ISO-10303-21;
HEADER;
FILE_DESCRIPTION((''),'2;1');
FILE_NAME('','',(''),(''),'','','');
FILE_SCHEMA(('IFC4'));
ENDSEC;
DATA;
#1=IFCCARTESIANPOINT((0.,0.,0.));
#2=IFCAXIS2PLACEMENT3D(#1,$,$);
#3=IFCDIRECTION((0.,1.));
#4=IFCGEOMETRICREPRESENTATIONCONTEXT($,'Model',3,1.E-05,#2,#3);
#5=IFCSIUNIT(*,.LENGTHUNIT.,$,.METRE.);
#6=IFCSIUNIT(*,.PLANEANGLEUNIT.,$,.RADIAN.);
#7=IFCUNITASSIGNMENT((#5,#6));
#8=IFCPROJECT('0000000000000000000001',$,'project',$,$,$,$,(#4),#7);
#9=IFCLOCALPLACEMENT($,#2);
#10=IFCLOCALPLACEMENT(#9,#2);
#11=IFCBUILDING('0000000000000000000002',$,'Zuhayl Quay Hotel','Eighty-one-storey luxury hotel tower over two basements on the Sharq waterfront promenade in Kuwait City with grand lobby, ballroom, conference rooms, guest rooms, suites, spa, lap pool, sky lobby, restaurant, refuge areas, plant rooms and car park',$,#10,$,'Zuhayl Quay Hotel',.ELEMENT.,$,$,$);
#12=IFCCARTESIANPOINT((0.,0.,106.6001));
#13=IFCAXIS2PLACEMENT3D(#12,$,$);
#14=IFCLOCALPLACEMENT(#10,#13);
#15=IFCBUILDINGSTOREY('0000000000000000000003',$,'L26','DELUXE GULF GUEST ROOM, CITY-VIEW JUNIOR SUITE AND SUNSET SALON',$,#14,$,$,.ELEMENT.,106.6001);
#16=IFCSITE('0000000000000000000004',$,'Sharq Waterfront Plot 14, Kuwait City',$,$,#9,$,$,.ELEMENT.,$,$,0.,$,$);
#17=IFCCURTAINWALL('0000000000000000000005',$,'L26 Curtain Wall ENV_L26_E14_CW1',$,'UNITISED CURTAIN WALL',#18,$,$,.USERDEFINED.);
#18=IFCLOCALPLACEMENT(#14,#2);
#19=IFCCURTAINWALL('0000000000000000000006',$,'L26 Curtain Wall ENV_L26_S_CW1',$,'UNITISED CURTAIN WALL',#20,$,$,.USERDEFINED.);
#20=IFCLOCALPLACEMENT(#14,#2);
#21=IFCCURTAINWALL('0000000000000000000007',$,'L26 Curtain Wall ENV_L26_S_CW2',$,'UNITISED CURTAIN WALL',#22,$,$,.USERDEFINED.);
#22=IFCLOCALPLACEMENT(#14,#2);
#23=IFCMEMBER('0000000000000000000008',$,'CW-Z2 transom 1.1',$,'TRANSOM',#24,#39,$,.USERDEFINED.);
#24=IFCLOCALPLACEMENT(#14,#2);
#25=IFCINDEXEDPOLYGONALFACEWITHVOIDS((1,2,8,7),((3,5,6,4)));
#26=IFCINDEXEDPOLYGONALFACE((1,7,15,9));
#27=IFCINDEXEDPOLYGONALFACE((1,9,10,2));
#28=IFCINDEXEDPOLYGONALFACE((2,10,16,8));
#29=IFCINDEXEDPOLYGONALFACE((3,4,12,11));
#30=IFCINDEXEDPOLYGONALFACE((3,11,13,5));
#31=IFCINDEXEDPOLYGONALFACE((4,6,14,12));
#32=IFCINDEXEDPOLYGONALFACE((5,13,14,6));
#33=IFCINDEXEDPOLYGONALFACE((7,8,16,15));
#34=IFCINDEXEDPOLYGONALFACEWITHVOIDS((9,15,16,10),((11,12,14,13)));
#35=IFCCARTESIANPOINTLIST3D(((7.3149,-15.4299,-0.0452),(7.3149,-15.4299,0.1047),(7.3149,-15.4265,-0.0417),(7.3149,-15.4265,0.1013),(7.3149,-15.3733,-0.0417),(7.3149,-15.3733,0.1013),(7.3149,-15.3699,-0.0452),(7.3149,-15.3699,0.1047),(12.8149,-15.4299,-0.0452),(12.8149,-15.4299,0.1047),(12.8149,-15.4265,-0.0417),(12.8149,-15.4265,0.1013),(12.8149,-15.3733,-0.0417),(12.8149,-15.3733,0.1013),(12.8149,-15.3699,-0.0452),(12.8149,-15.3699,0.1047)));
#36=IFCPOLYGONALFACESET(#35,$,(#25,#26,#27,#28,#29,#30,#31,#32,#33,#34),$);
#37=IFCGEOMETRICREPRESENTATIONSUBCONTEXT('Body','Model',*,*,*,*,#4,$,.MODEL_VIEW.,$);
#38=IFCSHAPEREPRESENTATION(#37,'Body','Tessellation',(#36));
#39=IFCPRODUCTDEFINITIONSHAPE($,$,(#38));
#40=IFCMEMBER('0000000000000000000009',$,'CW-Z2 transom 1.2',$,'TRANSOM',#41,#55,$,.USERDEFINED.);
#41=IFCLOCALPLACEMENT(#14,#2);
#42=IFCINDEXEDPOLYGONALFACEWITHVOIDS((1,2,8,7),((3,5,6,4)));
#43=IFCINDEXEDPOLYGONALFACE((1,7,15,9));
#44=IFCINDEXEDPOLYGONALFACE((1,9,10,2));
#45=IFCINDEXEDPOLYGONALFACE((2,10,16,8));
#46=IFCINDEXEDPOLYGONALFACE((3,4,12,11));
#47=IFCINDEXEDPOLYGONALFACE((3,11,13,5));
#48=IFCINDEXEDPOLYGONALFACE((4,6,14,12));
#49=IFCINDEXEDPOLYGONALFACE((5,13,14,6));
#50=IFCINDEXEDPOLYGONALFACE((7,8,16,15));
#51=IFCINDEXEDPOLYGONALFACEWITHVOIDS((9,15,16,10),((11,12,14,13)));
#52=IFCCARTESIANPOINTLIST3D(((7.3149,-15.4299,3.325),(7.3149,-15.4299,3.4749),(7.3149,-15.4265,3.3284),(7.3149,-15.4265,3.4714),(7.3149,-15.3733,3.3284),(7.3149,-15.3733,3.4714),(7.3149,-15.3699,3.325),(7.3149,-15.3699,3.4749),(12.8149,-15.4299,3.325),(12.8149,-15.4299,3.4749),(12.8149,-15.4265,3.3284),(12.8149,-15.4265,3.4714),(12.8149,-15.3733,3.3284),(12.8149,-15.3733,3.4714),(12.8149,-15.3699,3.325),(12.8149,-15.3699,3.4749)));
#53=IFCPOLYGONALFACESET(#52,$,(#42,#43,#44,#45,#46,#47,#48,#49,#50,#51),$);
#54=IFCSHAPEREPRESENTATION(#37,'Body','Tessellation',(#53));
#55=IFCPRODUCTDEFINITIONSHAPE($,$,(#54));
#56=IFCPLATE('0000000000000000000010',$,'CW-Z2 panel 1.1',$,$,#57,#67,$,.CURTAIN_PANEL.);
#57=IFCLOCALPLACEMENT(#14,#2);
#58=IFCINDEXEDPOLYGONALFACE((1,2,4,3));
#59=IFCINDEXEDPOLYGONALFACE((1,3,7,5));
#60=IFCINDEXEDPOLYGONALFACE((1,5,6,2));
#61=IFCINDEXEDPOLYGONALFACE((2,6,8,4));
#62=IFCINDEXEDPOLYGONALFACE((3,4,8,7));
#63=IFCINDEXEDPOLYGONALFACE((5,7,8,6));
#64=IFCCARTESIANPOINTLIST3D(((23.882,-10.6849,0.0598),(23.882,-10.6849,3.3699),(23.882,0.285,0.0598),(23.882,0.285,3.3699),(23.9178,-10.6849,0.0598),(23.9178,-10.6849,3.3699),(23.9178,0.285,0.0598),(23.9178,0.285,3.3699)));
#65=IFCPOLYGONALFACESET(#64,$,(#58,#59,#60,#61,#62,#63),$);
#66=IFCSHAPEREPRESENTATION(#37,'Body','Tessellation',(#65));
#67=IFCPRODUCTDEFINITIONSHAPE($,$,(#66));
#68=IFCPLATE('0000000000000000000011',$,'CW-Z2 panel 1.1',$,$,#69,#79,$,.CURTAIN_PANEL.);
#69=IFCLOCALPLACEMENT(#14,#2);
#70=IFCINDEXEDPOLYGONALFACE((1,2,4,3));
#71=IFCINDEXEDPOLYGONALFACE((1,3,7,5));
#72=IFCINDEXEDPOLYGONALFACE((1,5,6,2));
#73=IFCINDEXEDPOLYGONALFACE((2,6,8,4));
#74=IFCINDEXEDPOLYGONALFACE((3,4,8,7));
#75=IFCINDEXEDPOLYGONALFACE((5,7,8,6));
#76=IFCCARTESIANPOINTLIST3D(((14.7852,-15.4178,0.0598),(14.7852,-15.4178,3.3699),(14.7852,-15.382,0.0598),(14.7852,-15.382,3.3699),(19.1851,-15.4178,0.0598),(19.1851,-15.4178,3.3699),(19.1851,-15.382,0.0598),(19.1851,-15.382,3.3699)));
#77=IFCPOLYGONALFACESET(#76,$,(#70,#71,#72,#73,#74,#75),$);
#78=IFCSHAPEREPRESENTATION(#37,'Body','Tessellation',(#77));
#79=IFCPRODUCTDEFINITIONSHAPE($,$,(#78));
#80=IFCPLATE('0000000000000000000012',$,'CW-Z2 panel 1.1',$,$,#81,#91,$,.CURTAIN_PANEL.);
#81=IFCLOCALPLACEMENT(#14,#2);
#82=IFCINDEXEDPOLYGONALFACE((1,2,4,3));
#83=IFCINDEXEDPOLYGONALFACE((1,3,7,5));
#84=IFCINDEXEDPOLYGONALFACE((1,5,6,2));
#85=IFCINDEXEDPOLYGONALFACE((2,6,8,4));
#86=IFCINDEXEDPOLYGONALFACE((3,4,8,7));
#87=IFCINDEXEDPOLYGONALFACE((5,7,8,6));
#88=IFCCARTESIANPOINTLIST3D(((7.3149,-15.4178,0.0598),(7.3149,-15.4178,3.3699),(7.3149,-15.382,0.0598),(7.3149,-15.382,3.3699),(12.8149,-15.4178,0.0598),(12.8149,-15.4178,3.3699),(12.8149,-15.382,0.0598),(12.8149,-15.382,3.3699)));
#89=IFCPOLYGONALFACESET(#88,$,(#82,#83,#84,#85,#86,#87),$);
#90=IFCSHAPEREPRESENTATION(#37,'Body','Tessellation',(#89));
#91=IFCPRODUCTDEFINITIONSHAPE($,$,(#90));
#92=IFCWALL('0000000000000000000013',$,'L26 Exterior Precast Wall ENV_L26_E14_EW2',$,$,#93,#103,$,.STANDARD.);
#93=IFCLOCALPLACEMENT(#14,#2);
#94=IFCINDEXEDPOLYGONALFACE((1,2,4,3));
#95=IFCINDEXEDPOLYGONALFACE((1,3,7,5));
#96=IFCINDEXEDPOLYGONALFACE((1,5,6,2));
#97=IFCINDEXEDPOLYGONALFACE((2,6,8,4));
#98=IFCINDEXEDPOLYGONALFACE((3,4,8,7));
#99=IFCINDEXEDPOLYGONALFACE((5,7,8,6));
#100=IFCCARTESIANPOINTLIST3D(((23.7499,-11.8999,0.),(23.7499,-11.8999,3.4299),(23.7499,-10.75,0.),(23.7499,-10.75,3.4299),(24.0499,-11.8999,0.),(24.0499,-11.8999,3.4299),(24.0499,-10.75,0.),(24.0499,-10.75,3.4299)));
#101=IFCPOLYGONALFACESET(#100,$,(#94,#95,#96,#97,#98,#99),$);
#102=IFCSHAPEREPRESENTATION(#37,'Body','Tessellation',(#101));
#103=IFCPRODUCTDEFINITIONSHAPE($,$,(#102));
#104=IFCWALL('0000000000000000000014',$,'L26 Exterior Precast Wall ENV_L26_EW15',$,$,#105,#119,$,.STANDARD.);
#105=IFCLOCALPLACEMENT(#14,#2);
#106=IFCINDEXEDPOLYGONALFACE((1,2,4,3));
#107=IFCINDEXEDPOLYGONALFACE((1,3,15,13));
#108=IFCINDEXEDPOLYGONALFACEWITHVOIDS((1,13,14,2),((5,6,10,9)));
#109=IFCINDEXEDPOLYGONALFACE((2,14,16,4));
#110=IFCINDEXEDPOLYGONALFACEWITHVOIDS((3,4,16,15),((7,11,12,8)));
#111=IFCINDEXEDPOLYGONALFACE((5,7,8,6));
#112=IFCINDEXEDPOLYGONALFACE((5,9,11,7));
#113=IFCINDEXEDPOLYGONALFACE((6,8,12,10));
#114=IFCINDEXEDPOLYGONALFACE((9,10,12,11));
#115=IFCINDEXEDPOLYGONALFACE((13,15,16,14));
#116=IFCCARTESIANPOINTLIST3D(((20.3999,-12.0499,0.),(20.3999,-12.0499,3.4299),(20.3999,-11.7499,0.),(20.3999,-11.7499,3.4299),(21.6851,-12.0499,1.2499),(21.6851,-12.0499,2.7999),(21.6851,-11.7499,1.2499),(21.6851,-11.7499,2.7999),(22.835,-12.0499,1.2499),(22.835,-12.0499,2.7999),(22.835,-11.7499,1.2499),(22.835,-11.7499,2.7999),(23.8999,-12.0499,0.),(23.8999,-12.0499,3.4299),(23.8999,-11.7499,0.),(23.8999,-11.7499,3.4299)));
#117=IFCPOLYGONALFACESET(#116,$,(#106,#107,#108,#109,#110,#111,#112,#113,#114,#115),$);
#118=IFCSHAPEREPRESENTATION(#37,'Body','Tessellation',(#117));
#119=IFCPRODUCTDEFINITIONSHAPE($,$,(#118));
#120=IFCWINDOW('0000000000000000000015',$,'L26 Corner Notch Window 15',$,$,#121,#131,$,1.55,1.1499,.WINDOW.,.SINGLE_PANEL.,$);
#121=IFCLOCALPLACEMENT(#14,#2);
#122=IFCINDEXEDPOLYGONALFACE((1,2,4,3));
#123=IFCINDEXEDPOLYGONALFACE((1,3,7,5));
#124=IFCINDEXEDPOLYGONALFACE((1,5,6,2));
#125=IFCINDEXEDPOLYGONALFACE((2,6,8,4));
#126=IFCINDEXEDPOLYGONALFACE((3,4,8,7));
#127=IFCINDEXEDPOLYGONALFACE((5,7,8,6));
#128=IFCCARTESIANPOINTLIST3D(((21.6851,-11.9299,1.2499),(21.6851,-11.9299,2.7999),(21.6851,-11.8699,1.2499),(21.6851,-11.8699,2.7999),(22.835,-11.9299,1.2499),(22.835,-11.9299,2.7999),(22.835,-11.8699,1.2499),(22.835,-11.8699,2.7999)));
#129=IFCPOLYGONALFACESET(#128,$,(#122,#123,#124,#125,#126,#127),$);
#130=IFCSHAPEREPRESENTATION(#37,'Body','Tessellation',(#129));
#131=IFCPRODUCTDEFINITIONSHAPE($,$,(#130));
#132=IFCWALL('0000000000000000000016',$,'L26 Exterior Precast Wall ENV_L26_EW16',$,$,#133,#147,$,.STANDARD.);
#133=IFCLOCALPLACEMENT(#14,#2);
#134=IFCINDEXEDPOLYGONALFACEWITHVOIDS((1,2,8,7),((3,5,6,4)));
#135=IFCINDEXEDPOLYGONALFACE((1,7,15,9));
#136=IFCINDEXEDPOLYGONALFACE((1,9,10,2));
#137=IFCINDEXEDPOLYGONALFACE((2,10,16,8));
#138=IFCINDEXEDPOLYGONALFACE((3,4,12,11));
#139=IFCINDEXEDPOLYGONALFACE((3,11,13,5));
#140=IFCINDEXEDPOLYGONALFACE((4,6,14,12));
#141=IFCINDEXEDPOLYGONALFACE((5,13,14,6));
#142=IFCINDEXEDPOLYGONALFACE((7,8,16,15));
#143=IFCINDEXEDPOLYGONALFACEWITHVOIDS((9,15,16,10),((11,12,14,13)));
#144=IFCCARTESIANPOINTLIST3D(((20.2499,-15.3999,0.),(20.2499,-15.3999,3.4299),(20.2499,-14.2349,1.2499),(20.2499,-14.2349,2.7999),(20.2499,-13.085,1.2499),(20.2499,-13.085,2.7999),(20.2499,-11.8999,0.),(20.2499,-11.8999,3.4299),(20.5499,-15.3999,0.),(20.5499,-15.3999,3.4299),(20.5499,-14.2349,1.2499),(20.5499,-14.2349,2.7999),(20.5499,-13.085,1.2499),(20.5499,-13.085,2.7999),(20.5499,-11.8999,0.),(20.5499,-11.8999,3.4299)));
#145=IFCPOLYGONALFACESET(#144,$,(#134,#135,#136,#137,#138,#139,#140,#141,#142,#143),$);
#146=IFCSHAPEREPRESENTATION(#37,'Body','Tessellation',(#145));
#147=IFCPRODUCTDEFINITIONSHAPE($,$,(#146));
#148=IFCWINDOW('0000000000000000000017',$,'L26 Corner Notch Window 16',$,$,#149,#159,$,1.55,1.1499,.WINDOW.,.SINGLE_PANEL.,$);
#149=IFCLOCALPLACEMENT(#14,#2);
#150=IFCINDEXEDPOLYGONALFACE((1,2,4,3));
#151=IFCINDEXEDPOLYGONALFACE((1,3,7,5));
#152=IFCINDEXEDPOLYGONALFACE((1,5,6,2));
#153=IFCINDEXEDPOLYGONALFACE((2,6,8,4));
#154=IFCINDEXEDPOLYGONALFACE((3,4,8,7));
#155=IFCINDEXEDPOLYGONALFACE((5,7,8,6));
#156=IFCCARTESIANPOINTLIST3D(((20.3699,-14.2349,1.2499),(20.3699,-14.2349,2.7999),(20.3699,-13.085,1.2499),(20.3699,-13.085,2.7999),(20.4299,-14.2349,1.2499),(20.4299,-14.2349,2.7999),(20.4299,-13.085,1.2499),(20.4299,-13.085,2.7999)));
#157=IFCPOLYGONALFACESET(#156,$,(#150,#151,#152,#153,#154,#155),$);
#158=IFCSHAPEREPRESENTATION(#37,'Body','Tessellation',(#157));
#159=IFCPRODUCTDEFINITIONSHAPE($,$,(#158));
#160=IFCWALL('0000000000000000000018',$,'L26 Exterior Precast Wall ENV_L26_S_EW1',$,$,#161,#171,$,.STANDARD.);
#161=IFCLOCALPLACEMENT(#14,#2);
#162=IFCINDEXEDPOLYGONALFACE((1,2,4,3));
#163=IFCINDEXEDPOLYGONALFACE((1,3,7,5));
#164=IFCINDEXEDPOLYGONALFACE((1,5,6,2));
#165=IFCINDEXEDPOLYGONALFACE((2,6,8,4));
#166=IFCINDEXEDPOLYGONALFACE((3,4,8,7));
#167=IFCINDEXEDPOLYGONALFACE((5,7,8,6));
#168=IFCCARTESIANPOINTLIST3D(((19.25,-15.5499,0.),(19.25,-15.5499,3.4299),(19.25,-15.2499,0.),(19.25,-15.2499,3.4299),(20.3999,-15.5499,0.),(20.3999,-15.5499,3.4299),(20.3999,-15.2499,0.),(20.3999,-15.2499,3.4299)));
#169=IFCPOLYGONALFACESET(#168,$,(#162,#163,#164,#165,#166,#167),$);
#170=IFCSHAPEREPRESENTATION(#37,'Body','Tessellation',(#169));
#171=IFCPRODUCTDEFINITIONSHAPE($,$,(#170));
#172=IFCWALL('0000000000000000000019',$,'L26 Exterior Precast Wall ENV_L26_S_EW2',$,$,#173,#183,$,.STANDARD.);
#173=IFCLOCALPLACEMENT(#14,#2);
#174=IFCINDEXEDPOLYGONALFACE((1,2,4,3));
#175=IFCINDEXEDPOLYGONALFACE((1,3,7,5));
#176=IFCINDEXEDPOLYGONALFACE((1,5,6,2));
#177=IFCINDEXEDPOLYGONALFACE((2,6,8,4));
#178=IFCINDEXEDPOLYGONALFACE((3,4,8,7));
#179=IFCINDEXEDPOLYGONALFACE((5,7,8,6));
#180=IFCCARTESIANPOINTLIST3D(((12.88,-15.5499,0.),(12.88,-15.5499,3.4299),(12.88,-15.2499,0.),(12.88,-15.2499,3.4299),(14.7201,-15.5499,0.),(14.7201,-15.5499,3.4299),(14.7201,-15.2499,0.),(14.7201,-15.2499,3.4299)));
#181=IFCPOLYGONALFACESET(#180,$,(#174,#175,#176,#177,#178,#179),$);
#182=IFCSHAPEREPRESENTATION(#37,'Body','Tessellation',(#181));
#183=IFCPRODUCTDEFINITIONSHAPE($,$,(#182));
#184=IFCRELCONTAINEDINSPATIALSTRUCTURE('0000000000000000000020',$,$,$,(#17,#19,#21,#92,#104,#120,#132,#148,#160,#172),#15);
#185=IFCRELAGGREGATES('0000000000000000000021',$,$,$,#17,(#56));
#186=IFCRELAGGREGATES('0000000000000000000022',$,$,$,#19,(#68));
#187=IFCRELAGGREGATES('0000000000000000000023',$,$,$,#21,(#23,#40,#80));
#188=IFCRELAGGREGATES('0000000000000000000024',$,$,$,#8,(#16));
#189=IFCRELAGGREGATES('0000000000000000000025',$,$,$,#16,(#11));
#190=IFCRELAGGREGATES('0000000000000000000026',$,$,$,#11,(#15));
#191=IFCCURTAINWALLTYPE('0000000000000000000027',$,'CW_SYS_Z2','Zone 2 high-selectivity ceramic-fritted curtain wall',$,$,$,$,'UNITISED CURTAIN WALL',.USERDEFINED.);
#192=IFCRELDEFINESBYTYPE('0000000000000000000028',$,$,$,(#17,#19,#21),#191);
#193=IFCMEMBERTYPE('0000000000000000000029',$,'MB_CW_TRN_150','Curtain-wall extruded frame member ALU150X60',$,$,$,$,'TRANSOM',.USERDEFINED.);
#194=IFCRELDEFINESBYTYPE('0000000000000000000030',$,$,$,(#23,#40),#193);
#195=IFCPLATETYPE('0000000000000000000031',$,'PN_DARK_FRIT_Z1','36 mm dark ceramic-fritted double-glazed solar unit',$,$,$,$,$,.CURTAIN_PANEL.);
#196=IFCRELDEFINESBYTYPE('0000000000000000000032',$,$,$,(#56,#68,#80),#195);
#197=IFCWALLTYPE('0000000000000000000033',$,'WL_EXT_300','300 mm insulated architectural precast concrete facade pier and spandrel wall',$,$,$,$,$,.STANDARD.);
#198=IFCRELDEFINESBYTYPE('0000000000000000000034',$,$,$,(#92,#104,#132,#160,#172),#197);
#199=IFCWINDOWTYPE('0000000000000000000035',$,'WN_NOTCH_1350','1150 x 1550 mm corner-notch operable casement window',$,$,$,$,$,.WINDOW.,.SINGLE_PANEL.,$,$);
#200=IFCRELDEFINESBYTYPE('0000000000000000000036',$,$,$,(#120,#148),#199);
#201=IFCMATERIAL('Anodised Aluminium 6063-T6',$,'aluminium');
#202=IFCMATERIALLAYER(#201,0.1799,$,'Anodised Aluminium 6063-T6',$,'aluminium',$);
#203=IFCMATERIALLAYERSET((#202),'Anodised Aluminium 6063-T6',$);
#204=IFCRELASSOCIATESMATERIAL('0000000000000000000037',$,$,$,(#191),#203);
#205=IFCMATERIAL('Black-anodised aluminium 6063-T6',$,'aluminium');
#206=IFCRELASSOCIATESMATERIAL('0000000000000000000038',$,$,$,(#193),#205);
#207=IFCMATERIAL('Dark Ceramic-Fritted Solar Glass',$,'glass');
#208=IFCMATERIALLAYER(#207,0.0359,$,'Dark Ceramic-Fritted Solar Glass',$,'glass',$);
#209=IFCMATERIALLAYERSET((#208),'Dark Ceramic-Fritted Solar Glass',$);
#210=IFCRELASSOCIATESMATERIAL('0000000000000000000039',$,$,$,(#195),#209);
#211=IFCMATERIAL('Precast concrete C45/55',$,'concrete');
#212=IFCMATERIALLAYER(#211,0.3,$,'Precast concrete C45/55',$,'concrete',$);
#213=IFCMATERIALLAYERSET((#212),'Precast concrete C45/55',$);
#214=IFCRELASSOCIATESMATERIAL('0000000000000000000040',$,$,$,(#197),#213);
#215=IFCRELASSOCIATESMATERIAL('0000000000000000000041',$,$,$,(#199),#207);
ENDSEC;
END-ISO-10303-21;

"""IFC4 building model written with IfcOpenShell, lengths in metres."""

from ifc_helpers import new_model, si_unit, direction, frame, frame_2d, origin, origin_2d, place, context, subcontext, project, spatial, rectangle, hollow_rectangle, extrude, material, layer, layer_set, material_profile, profile_set, type_object, element, fill, aggregate, save


model = new_model("IFC4")

# Units and contexts
model_context = context("Model", 3, precision=1e-05, world=origin(), true_north=direction((0.0, 1.0)))
body_context = subcontext(model_context, "Body", "Model", "MODEL_VIEW")
ifc_project = project(units=[si_unit("LENGTHUNIT", "METRE"), si_unit("PLANEANGLEUNIT", "RADIAN")], contexts=[model_context])

# Site, building, storey
site_placement = place(None, origin())
site = spatial("IfcSite", under=ifc_project, at=site_placement, Name="Sharq Waterfront Plot 14, Kuwait City", CompositionType="ELEMENT", RefElevation=0.0)
building_placement = place(site_placement, origin())
building = spatial("IfcBuilding", under=site, at=building_placement, Name="Zuhayl Quay Hotel", Description="Eighty-one-storey luxury hotel tower over two basements on the Sharq waterfront promenade in Kuwait City with grand lobby, ballroom, conference rooms, guest rooms, suites, spa, lap pool, sky lobby, restaurant, refuge areas, plant rooms and car park", LongName="Zuhayl Quay Hotel", CompositionType="ELEMENT")
storey_placement = place(building_placement, frame((0.0, 0.0, 106.6001)))
storey = spatial("IfcBuildingStorey", under=building, at=storey_placement, Name="L26", Description="DELUXE GULF GUEST ROOM, CITY-VIEW JUNIOR SUITE AND SUNSET SALON", CompositionType="ELEMENT", Elevation=106.6001)

# Curtain wall
ifc_material_1 = material(Name="Anodised Aluminium 6063-T6", Category="aluminium")
ifc_layer_1 = layer(ifc_material_1, 0.1799, Name="Anodised Aluminium 6063-T6", Category="aluminium")
ifc_layer_set_1 = layer_set([ifc_layer_1], Name="Anodised Aluminium 6063-T6")
curtain_wall_type = type_object("IfcCurtainWallType", Name="CW_SYS_Z2", Description="Zone 2 high-selectivity ceramic-fritted curtain wall", ElementType="UNITISED CURTAIN WALL", PredefinedType="USERDEFINED", material=ifc_layer_set_1)
curtain_wall_1_placement = place(storey_placement, origin())
curtain_wall_1 = element("IfcCurtainWall", 1, at=curtain_wall_1_placement, inside=storey, type_object=curtain_wall_type, Name="L26 Curtain Wall ENV_L26_E14_CW1", ObjectType="UNITISED CURTAIN WALL", PredefinedType="USERDEFINED")
ifc_material_2 = material(Name="Black-anodised aluminium 6063-T6", Category="aluminium")

# Curtain walls
curtain_wall_2_placement = place(storey_placement, origin())
curtain_wall_2 = element("IfcCurtainWall", 2, at=curtain_wall_2_placement, inside=storey, type_object=curtain_wall_type, Name="L26 Curtain Wall ENV_L26_S_CW1", ObjectType="UNITISED CURTAIN WALL", PredefinedType="USERDEFINED")
curtain_wall_3_placement = place(storey_placement, origin())
curtain_wall_3 = element("IfcCurtainWall", 3, at=curtain_wall_3_placement, inside=storey, type_object=curtain_wall_type, Name="L26 Curtain Wall ENV_L26_S_CW2", ObjectType="UNITISED CURTAIN WALL", PredefinedType="USERDEFINED")

# Members
ifc_material_profile_1 = material_profile(ifc_material_2, hollow_rectangle(XDim=0.0601, YDim=0.1499, WallThickness=0.0034, at=origin_2d()), Name="ALU150X60")
ifc_profile_set_1 = profile_set([ifc_material_profile_1], Name="Black-anodised aluminium 6063-T6")
member_type_1 = type_object("IfcMemberType", Name="MB_CW_TRN_150", Description="Curtain-wall extruded frame member ALU150X60", ElementType="TRANSOM", PredefinedType="USERDEFINED", material=ifc_profile_set_1)
member_1_placement = place(storey_placement, frame((12.8149, -15.3999, 0.0298), z_axis=(-1.0, 0.0, 0.0), x_axis=(0.0, -1.0, 0.0)))
member_1 = element("IfcMember", 4, at=member_1_placement, type_object=member_type_1, Name="CW-Z2 transom 1.1", ObjectType="TRANSOM", PredefinedType="USERDEFINED", context=body_context, shape_type="SweptSolid", body=[
    extrude(hollow_rectangle(XDim=0.0601, YDim=0.1499, WallThickness=0.0034, at=origin_2d()), origin(), (0.0, 0.0, 1.0), 5.5),
])
member_2_placement = place(storey_placement, frame((12.8149, -15.3999, 3.3999), z_axis=(-1.0, 0.0, 0.0), x_axis=(0.0, -1.0, 0.0)))
member_2 = element("IfcMember", 5, at=member_2_placement, type_object=member_type_1, Name="CW-Z2 transom 1.2", ObjectType="TRANSOM", PredefinedType="USERDEFINED", context=body_context, shape_type="SweptSolid", body=[
    extrude(hollow_rectangle(XDim=0.0601, YDim=0.1499, WallThickness=0.0034, at=origin_2d()), origin(), (0.0, 0.0, 1.0), 5.5),
])

# Plates
ifc_material_3 = material(Name="Dark Ceramic-Fritted Solar Glass", Category="glass")
ifc_layer_2 = layer(ifc_material_3, 0.0359, Name="Dark Ceramic-Fritted Solar Glass", Category="glass")
ifc_layer_set_2 = layer_set([ifc_layer_2], Name="Dark Ceramic-Fritted Solar Glass")
plate_type = type_object("IfcPlateType", Name="PN_DARK_FRIT_Z1", Description="36 mm dark ceramic-fritted double-glazed solar unit", PredefinedType="CURTAIN_PANEL", material=ifc_layer_set_2)
plate_1_placement = place(storey_placement, frame((23.8999, -5.2, 0.0598), z_axis=(0.0, 0.0, 1.0), x_axis=(0.0, -1.0, 0.0)))
plate_1 = element("IfcPlate", 6, at=plate_1_placement, type_object=plate_type, Name="CW-Z2 panel 1.1", PredefinedType="CURTAIN_PANEL", context=body_context, shape_type="SweptSolid", body=[
    extrude(rectangle(XDim=10.97, YDim=0.0359, at=origin_2d()), origin(), (0.0, 0.0, 1.0), 3.3101),
])
aggregate(curtain_wall_1, [plate_1])
plate_2_placement = place(storey_placement, frame((16.9851, -15.3999, 0.0598), z_axis=(0.0, 0.0, 1.0), x_axis=(-1.0, 0.0, 0.0)))
plate_2 = element("IfcPlate", 7, at=plate_2_placement, type_object=plate_type, Name="CW-Z2 panel 1.1", PredefinedType="CURTAIN_PANEL", context=body_context, shape_type="SweptSolid", body=[
    extrude(rectangle(XDim=4.3999, YDim=0.0359, at=origin_2d()), origin(), (0.0, 0.0, 1.0), 3.3101),
])
aggregate(curtain_wall_2, [plate_2])
plate_3_placement = place(storey_placement, frame((10.0649, -15.3999, 0.0598), z_axis=(0.0, 0.0, 1.0), x_axis=(-1.0, 0.0, 0.0)))
plate_3 = element("IfcPlate", 8, at=plate_3_placement, type_object=plate_type, Name="CW-Z2 panel 1.1", PredefinedType="CURTAIN_PANEL", context=body_context, shape_type="SweptSolid", body=[
    extrude(rectangle(XDim=5.5, YDim=0.0359, at=origin_2d()), origin(), (0.0, 0.0, 1.0), 3.3101),
])
aggregate(curtain_wall_3, [member_1, member_2, plate_3])

# Wall
ifc_material_4 = material(Name="Precast concrete C45/55", Category="concrete")
ifc_layer_3 = layer(ifc_material_4, 0.3, Name="Precast concrete C45/55", Category="concrete")
ifc_layer_set_3 = layer_set([ifc_layer_3], Name="Precast concrete C45/55")
wall_type_1 = type_object("IfcWallType", Name="WL_EXT_300", Description="300 mm insulated architectural precast concrete facade pier and spandrel wall", PredefinedType="STANDARD", material=ifc_layer_set_3)
wall_1_placement = place(storey_placement, frame((23.8999, -10.75, 0.0), z_axis=(0.0, 0.0, 1.0), x_axis=(0.0, -1.0, 0.0)))
element("IfcWall", 9, at=wall_1_placement, inside=storey, type_object=wall_type_1, Name="L26 Exterior Precast Wall ENV_L26_E14_EW2", PredefinedType="STANDARD", context=body_context, shape_type="SweptSolid", body=[
    extrude(rectangle(XDim=1.1499, YDim=0.3, at=frame_2d((0.575, 0.0))), origin(), (0.0, 0.0, 1.0), 3.4299),
])

# Walls, openings, windows
wall_2_placement = place(storey_placement, frame((23.8999, -11.8999, 0.0), z_axis=(0.0, 0.0, 1.0), x_axis=(-1.0, 0.0, 0.0)))
wall_2 = element("IfcWall", 10, at=wall_2_placement, inside=storey, type_object=wall_type_1, Name="L26 Exterior Precast Wall ENV_L26_EW15", PredefinedType="STANDARD", context=body_context, shape_type="SweptSolid", body=[
    extrude(rectangle(XDim=3.5, YDim=0.3, at=frame_2d((1.75, 0.0))), origin(), (0.0, 0.0, 1.0), 3.4299),
])
opening_1_placement = place(wall_2_placement, frame((1.0649, 0.0, 1.25)))
opening_1 = element("IfcOpeningElement", 11, at=opening_1_placement, cuts=wall_2, PredefinedType="OPENING", context=body_context, shape_type="SweptSolid", body=[
    extrude(rectangle(XDim=1.1499, YDim=1.55, at=frame_2d((0.575, 0.7749))), frame((0.0, 0.1599, 0.0), z_axis=(0.0, -1.0, 0.0), x_axis=(1.0, 0.0, 0.0)), (0.0, 0.0, 1.0), 0.3201),
])
window_type = type_object("IfcWindowType", Name="WN_NOTCH_1350", Description="1150 x 1550 mm corner-notch operable casement window", PartitioningType="SINGLE_PANEL", PredefinedType="WINDOW", material=ifc_material_3)
window_1_placement = place(opening_1_placement, origin())
window_1 = element("IfcWindow", 12, at=window_1_placement, inside=storey, type_object=window_type, Name="L26 Corner Notch Window 15", OverallHeight=1.55, OverallWidth=1.1499, PartitioningType="SINGLE_PANEL", PredefinedType="WINDOW", context=body_context, shape_type="SweptSolid", body=[
    extrude(rectangle(XDim=1.1499, YDim=1.55, at=frame_2d((0.575, 0.7749))), frame((0.0, 0.03, 0.0), z_axis=(0.0, -1.0, 0.0), x_axis=(1.0, 0.0, 0.0)), (0.0, 0.0, 1.0), 0.0601),
])
fill(opening_1, window_1)
wall_3_placement = place(storey_placement, frame((20.3999, -11.8999, 0.0), z_axis=(0.0, 0.0, 1.0), x_axis=(0.0, -1.0, 0.0)))
wall_3 = element("IfcWall", 13, at=wall_3_placement, inside=storey, type_object=wall_type_1, Name="L26 Exterior Precast Wall ENV_L26_EW16", PredefinedType="STANDARD", context=body_context, shape_type="SweptSolid", body=[
    extrude(rectangle(XDim=3.5, YDim=0.3, at=frame_2d((1.75, 0.0))), origin(), (0.0, 0.0, 1.0), 3.4299),
])
opening_2_placement = place(wall_3_placement, frame((1.1851, 0.0, 1.25)))
opening_2 = element("IfcOpeningElement", 14, at=opening_2_placement, cuts=wall_3, PredefinedType="OPENING", context=body_context, shape_type="SweptSolid", body=[
    extrude(rectangle(XDim=1.1499, YDim=1.55, at=frame_2d((0.575, 0.7749))), frame((0.0, 0.1599, 0.0), z_axis=(0.0, -1.0, 0.0), x_axis=(1.0, 0.0, 0.0)), (0.0, 0.0, 1.0), 0.3201),
])
window_2_placement = place(opening_2_placement, origin())
window_2 = element("IfcWindow", 15, at=window_2_placement, inside=storey, type_object=window_type, Name="L26 Corner Notch Window 16", OverallHeight=1.55, OverallWidth=1.1499, PartitioningType="SINGLE_PANEL", PredefinedType="WINDOW", context=body_context, shape_type="SweptSolid", body=[
    extrude(rectangle(XDim=1.1499, YDim=1.55, at=frame_2d((0.575, 0.7749))), frame((0.0, 0.03, 0.0), z_axis=(0.0, -1.0, 0.0), x_axis=(1.0, 0.0, 0.0)), (0.0, 0.0, 1.0), 0.0601),
])
fill(opening_2, window_2)

# Walls
wall_4_placement = place(storey_placement, frame((20.3999, -15.3999, 0.0), z_axis=(0.0, 0.0, 1.0), x_axis=(-1.0, 0.0, 0.0)))
element("IfcWall", 16, at=wall_4_placement, inside=storey, type_object=wall_type_1, Name="L26 Exterior Precast Wall ENV_L26_S_EW1", PredefinedType="STANDARD", context=body_context, shape_type="SweptSolid", body=[
    extrude(rectangle(XDim=1.1499, YDim=0.3, at=frame_2d((0.575, 0.0))), origin(), (0.0, 0.0, 1.0), 3.4299),
])
wall_5_placement = place(storey_placement, frame((14.72, -15.3999, 0.0), z_axis=(0.0, 0.0, 1.0), x_axis=(-1.0, 0.0, 0.0)))
element("IfcWall", 17, at=wall_5_placement, inside=storey, type_object=wall_type_1, Name="L26 Exterior Precast Wall ENV_L26_S_EW2", PredefinedType="STANDARD", context=body_context, shape_type="SweptSolid", body=[
    extrude(rectangle(XDim=1.8401, YDim=0.3, at=frame_2d((0.9199, 0.0))), origin(), (0.0, 0.0, 1.0), 3.4299),
])

save(model, "model.ifc")
